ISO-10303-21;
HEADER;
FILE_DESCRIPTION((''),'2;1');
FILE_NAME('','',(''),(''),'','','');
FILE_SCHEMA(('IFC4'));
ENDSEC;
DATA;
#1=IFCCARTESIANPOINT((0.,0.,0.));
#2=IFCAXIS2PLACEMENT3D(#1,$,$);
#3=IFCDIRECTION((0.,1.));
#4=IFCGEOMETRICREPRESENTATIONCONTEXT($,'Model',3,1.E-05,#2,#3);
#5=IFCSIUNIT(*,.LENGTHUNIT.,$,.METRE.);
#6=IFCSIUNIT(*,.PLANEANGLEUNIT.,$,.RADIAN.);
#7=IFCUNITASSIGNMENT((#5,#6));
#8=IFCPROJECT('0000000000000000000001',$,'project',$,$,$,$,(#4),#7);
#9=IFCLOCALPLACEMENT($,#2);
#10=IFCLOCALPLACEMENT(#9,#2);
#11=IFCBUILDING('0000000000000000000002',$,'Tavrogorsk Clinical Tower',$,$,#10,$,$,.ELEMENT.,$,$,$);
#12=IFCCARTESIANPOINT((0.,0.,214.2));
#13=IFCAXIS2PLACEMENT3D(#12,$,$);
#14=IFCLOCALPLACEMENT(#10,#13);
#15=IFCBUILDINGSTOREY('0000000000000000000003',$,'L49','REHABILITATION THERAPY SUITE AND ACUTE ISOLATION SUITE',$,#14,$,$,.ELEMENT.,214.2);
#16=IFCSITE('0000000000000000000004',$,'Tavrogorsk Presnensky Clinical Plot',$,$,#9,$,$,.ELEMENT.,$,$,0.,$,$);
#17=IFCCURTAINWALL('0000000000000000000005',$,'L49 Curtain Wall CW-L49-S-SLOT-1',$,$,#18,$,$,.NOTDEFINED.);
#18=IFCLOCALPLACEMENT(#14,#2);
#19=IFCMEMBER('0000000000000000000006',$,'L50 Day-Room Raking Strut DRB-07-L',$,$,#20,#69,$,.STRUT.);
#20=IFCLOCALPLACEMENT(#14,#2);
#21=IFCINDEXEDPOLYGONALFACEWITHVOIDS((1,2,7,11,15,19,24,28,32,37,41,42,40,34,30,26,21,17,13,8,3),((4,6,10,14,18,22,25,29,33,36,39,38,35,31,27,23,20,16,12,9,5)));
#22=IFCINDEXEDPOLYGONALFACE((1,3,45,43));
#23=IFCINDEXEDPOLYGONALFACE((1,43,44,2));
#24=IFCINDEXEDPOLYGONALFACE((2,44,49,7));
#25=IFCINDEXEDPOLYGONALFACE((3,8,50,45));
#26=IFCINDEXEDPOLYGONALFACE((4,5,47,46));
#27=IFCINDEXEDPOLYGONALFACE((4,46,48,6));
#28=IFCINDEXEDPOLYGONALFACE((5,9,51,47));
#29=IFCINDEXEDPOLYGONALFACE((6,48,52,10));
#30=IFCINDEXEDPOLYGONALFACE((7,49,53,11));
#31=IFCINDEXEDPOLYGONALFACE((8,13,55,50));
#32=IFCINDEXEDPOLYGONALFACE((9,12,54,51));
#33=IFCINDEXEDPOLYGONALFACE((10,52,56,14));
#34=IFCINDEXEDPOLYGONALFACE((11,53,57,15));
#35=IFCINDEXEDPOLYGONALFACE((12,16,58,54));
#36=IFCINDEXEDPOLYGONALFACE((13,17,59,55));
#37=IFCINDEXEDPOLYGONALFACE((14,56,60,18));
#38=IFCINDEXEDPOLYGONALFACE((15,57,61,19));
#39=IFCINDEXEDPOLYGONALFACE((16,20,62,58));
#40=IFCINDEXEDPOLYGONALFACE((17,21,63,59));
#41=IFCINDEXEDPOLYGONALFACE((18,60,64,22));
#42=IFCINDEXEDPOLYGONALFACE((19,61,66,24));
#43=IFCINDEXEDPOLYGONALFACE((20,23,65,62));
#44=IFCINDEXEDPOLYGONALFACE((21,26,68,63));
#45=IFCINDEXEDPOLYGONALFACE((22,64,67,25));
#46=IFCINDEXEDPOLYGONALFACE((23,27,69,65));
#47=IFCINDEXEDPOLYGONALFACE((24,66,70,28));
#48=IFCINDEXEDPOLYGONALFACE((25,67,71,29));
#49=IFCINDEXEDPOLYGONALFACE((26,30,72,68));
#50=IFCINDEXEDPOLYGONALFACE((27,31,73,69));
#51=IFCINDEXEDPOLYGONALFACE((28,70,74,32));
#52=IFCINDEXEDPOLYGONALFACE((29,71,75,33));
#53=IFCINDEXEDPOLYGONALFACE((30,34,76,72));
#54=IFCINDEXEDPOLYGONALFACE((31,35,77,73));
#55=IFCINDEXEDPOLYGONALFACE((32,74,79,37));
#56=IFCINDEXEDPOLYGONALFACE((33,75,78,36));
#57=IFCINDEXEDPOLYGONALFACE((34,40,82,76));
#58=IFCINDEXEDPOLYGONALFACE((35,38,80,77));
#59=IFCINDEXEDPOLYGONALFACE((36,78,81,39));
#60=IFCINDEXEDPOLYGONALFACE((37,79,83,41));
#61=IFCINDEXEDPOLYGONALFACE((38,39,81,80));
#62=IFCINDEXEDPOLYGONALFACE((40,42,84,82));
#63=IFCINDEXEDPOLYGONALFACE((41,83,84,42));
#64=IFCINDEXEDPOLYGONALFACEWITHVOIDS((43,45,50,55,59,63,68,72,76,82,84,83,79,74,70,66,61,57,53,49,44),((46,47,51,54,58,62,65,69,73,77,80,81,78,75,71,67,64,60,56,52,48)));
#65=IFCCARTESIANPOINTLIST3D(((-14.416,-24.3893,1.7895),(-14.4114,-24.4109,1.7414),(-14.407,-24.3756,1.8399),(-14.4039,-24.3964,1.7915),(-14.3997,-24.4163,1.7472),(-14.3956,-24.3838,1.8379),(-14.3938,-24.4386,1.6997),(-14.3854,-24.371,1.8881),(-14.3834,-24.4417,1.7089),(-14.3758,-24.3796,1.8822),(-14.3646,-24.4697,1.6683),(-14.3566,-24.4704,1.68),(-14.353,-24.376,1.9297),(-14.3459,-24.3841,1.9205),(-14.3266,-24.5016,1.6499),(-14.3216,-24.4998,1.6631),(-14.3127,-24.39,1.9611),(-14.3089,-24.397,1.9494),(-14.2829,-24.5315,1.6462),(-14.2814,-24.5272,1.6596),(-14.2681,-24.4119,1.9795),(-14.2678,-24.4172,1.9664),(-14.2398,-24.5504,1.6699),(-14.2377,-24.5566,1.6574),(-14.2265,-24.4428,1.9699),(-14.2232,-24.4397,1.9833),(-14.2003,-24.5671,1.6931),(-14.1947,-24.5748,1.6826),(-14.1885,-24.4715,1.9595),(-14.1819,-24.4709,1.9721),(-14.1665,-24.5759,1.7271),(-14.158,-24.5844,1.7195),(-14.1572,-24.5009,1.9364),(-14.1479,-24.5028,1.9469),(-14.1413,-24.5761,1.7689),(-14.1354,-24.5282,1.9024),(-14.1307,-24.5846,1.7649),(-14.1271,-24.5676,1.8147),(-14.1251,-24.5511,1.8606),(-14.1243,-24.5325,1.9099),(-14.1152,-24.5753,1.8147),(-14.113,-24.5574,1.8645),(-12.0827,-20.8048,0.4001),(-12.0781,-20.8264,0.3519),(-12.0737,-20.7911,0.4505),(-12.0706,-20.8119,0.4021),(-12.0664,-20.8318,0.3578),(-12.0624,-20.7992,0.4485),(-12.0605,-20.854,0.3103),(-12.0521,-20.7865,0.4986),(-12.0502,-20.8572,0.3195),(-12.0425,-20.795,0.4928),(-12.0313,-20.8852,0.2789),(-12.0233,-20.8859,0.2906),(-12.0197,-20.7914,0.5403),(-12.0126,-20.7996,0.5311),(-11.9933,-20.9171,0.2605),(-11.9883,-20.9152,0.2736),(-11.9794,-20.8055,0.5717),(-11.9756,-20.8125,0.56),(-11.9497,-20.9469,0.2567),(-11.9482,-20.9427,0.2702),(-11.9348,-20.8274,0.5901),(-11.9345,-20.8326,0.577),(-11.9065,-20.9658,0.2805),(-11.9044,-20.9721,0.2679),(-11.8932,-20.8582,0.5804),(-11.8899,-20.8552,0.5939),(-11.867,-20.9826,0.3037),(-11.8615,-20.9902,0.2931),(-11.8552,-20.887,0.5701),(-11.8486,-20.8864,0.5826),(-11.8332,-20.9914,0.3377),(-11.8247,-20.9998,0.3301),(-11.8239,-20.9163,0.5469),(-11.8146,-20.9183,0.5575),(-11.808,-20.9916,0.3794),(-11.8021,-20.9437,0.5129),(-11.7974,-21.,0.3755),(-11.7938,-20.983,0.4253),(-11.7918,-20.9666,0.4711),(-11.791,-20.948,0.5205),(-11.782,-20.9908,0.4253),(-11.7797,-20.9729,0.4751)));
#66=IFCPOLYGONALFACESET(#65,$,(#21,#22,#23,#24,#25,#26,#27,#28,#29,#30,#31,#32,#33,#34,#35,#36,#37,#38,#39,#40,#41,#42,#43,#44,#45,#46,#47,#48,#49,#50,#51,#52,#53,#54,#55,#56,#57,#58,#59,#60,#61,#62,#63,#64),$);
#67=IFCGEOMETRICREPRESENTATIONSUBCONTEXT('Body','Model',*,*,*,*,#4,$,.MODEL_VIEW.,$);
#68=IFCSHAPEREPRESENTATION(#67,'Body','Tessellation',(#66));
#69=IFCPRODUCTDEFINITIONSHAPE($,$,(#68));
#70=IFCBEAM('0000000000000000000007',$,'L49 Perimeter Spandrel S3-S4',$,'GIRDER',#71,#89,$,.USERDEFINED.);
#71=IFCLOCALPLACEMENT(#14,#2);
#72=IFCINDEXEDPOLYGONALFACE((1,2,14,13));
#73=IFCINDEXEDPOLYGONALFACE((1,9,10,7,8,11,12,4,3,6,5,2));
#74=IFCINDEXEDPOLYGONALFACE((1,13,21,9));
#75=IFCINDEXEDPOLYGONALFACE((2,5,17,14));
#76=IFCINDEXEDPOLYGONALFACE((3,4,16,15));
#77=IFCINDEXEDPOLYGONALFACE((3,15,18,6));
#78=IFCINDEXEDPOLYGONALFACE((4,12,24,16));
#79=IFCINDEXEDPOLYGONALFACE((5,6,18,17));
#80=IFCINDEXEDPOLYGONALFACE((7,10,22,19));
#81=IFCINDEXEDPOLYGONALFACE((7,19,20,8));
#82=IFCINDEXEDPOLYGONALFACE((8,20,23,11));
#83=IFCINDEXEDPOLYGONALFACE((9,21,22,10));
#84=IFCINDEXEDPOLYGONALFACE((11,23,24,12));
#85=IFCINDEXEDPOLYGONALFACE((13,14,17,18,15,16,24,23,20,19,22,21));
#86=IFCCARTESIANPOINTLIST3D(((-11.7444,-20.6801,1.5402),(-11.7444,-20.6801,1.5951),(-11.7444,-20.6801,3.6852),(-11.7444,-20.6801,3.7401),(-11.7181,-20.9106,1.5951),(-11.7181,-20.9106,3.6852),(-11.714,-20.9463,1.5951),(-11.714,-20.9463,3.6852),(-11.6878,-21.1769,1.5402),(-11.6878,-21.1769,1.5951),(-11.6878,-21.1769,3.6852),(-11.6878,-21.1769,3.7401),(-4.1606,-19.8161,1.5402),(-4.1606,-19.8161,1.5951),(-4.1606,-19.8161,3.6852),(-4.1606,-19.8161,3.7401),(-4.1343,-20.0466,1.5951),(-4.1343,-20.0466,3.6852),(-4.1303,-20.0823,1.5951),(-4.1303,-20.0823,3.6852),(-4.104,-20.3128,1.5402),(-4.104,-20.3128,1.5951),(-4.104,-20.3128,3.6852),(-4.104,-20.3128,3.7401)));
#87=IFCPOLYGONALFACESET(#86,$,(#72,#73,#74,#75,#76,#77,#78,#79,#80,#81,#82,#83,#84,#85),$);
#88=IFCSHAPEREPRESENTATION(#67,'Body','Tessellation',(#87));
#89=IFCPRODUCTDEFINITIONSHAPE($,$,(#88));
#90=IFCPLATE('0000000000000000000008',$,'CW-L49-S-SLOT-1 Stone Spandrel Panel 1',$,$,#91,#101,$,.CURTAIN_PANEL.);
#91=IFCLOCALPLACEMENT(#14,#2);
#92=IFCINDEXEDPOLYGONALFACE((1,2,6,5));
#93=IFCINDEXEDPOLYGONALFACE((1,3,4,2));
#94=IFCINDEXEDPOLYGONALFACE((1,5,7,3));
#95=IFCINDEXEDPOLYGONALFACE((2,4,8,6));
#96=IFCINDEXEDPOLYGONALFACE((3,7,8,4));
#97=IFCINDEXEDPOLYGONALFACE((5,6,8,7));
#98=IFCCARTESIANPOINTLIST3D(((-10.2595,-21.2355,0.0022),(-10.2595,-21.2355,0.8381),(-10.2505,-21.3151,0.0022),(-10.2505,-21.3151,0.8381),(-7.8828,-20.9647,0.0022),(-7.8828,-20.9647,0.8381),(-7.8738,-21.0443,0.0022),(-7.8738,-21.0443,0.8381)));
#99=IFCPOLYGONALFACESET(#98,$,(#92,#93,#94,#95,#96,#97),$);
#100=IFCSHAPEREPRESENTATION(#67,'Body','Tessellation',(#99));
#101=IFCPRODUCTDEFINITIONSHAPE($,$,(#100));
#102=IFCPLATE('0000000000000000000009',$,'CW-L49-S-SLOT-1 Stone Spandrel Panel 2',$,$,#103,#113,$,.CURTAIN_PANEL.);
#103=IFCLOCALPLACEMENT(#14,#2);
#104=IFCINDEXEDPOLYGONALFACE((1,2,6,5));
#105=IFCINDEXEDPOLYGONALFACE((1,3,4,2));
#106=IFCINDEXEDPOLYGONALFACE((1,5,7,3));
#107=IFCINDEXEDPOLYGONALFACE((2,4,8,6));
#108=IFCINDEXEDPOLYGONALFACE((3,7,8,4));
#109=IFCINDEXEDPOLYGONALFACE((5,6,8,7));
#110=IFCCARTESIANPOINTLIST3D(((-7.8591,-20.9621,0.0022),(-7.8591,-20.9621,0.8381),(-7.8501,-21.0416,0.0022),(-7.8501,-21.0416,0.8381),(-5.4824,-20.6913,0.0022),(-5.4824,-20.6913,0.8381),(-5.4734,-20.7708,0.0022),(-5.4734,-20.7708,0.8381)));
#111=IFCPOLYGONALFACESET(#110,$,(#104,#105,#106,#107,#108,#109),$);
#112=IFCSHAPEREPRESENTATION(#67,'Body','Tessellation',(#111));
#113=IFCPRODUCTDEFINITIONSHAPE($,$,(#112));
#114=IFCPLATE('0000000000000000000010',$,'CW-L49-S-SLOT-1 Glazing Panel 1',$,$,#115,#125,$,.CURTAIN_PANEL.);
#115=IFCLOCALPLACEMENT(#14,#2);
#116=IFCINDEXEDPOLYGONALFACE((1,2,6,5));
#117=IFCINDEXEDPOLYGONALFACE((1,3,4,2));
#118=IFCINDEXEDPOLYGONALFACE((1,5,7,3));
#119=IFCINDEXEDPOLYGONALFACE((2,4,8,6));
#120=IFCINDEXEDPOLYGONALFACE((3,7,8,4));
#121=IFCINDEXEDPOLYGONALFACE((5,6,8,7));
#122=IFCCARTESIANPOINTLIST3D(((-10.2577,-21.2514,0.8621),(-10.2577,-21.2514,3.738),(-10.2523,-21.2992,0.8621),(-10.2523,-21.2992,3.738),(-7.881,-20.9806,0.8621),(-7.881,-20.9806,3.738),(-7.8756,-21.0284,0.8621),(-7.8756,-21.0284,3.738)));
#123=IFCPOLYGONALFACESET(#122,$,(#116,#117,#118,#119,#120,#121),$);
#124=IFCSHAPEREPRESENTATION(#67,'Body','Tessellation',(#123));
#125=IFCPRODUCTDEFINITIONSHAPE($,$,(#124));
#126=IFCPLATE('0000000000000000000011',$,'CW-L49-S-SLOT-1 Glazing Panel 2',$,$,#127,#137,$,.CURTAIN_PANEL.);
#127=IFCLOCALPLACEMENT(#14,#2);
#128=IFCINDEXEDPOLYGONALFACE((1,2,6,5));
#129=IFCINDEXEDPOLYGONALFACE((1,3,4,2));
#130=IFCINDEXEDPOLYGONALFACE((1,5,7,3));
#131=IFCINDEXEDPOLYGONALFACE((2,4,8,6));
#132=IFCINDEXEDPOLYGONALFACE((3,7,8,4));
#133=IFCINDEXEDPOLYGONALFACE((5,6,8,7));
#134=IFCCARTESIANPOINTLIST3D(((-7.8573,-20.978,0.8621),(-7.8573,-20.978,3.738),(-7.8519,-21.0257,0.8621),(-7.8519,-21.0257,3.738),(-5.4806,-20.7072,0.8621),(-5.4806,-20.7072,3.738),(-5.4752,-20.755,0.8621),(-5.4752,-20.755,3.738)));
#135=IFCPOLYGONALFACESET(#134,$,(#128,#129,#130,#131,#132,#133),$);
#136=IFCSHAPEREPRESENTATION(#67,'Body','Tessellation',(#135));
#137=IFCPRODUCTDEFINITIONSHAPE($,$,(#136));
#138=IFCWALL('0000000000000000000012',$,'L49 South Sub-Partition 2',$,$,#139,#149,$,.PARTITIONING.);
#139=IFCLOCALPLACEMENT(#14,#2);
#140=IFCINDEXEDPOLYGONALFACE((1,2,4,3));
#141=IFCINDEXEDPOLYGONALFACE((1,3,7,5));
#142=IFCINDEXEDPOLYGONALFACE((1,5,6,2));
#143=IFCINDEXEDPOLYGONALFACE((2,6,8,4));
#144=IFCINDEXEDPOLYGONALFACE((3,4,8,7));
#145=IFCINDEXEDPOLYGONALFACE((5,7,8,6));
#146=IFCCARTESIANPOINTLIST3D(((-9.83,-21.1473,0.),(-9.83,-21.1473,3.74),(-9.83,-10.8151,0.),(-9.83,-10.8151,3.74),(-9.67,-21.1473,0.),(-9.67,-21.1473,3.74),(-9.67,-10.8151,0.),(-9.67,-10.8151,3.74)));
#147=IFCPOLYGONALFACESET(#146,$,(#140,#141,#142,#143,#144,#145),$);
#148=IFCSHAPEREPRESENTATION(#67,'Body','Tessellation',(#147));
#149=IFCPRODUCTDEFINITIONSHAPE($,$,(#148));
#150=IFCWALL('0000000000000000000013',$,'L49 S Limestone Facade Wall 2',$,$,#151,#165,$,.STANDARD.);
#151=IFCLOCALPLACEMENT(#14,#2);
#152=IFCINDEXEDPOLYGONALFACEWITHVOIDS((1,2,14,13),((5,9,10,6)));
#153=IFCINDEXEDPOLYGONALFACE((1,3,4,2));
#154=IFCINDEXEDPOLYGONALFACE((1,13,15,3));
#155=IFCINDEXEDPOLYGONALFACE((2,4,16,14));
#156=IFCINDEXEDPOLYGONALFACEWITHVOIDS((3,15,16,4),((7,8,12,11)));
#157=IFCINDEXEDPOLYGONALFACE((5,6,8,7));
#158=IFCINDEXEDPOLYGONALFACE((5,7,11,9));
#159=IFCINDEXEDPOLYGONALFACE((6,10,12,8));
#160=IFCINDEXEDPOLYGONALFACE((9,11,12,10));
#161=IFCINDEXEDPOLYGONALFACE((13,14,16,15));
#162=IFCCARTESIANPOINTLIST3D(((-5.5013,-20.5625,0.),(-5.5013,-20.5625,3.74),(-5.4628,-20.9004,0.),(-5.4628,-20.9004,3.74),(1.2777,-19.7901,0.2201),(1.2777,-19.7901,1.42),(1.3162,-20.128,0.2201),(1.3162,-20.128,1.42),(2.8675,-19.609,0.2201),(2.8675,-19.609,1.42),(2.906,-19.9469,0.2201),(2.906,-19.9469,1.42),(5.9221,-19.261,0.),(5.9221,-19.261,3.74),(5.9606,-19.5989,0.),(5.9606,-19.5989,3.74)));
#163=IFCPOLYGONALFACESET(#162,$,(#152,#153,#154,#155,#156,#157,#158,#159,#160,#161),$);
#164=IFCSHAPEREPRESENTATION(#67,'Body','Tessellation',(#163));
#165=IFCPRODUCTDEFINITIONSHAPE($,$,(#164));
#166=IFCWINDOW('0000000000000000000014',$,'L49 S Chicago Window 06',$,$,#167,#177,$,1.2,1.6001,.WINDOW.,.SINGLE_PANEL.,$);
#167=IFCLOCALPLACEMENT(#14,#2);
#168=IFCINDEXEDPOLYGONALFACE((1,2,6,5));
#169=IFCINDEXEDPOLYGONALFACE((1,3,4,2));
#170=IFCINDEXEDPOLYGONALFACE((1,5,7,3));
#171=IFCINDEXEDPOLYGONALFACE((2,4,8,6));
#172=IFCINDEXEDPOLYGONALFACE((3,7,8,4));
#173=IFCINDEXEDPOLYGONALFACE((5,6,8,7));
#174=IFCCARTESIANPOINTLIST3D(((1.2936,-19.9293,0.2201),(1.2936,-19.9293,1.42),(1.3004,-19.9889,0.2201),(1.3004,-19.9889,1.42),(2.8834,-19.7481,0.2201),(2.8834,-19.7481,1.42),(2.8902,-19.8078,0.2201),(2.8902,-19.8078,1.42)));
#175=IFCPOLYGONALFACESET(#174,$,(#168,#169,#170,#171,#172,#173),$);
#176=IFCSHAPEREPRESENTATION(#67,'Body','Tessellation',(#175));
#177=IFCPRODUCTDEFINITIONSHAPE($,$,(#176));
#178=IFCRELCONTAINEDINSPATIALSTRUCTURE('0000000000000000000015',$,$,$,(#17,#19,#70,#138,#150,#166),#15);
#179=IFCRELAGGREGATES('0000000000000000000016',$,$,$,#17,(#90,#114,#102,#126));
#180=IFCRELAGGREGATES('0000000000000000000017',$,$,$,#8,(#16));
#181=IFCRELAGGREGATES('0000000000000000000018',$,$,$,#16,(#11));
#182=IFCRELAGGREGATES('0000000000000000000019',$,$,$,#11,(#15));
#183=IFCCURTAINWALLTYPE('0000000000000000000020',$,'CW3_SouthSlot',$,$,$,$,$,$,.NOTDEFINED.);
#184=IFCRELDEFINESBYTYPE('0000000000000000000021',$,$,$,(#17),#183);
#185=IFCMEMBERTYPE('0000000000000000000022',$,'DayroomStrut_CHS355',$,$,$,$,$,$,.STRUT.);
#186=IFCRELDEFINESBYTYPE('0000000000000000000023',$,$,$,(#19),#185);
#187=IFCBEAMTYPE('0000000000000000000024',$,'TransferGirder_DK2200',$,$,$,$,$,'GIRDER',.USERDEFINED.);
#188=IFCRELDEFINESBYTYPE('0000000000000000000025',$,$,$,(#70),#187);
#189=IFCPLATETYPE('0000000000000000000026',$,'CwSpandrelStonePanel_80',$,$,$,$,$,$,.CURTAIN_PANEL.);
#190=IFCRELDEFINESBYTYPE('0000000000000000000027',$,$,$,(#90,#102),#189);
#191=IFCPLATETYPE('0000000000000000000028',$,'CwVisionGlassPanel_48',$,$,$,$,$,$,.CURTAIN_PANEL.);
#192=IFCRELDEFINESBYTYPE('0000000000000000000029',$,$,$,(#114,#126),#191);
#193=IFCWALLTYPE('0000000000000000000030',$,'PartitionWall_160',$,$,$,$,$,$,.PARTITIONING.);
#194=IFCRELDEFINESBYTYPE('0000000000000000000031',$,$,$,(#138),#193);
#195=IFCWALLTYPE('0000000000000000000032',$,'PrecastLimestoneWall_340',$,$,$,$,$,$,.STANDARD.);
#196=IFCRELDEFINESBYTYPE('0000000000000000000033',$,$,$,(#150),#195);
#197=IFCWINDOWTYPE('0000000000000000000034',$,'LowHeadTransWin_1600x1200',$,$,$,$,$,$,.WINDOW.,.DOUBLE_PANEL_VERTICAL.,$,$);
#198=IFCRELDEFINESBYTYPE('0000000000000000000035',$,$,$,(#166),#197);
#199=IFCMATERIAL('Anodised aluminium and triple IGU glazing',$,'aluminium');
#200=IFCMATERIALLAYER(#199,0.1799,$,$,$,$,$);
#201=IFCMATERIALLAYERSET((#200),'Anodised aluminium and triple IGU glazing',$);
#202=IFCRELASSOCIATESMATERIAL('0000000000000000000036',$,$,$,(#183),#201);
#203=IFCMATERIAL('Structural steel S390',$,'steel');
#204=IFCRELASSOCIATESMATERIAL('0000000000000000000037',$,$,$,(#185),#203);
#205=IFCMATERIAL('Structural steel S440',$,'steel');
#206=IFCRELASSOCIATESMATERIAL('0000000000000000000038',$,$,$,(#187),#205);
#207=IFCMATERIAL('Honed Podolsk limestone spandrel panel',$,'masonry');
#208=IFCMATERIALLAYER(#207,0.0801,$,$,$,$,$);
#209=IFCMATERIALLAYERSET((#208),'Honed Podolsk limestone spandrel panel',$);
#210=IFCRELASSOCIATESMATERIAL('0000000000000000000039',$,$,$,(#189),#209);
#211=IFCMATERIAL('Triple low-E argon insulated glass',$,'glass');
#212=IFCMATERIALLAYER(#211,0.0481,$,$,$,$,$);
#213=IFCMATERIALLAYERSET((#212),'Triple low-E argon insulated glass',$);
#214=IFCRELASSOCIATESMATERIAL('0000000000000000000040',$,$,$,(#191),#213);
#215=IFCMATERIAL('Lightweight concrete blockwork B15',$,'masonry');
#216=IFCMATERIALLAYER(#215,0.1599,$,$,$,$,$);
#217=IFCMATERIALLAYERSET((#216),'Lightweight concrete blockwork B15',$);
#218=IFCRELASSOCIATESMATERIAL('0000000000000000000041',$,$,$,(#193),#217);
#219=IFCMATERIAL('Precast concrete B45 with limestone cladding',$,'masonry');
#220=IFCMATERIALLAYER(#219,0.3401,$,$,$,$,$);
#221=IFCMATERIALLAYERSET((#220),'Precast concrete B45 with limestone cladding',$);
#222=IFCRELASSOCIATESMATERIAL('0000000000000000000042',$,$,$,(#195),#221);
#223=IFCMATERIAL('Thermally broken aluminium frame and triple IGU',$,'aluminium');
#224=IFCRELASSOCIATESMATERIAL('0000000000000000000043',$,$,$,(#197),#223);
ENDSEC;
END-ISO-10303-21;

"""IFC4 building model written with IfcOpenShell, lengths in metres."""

from ifc_helpers import new_model, si_unit, direction, frame, frame_2d, origin, origin_2d, place, context, subcontext, project, spatial, rectangle, hollow_circle, i_section, extrude, material, layer, layer_set, material_profile, profile_set, type_object, element, fill, aggregate, save


model = new_model("IFC4")

# Units and contexts
model_context = context("Model", 3, precision=1e-05, world=origin(), true_north=direction((0.0, 1.0)))
body_context = subcontext(model_context, "Body", "Model", "MODEL_VIEW")
ifc_project = project(units=[si_unit("LENGTHUNIT", "METRE"), si_unit("PLANEANGLEUNIT", "RADIAN")], contexts=[model_context])

# Site, building, storey
site_placement = place(None, origin())
site = spatial("IfcSite", under=ifc_project, at=site_placement, Name="Tavrogorsk Presnensky Clinical Plot", CompositionType="ELEMENT", RefElevation=0.0)
building_placement = place(site_placement, origin())
building = spatial("IfcBuilding", under=site, at=building_placement, Name="Tavrogorsk Clinical Tower", CompositionType="ELEMENT")
storey_placement = place(building_placement, frame((0.0, 0.0, 214.2)))
storey = spatial("IfcBuildingStorey", under=building, at=storey_placement, Name="L49", Description="REHABILITATION THERAPY SUITE AND ACUTE ISOLATION SUITE", CompositionType="ELEMENT", Elevation=214.2)

# Curtain wall
ifc_material_1 = material(Name="Anodised aluminium and triple IGU glazing", Category="aluminium")
ifc_layer_1 = layer(ifc_material_1, 0.1799)
ifc_layer_set_1 = layer_set([ifc_layer_1], Name="Anodised aluminium and triple IGU glazing")
curtain_wall_type = type_object("IfcCurtainWallType", Name="CW3_SouthSlot", PredefinedType="NOTDEFINED", material=ifc_layer_set_1)
curtain_wall_placement = place(storey_placement, origin())
curtain_wall = element("IfcCurtainWall", 1, at=curtain_wall_placement, inside=storey, type_object=curtain_wall_type, Name="L49 Curtain Wall CW-L49-S-SLOT-1", PredefinedType="NOTDEFINED")

# Member
ifc_material_2 = material(Name="Structural steel S390", Category="steel")
ifc_material_profile_1 = material_profile(ifc_material_2, hollow_circle(Radius=0.1777, WallThickness=0.0142, at=origin_2d()), Name="CHS-355.6x14.2")
ifc_profile_set_1 = profile_set([ifc_material_profile_1], Name="Structural steel S390")
member_type_1 = type_object("IfcMemberType", Name="DayroomStrut_CHS355", PredefinedType="STRUT", material=ifc_profile_set_1)
member_1_placement = place(storey_placement, frame((-11.9309, -20.8938, 0.4253), z_axis=(-0.518847, -0.797082, 0.308963), x_axis=(0.838086, -0.545538, 0.0)))
element("IfcMember", 2, at=member_1_placement, inside=storey, type_object=member_type_1, Name="L50 Day-Room Raking Strut DRB-07-L", PredefinedType="STRUT", context=body_context, shape_type="SweptSolid", body=[
    extrude(hollow_circle(Radius=0.1777, WallThickness=0.0142, at=origin_2d()), origin(), (0.0, 0.0, 1.0), 4.4971),
])

# Beam
ifc_material_3 = material(Name="Structural steel S440", Category="steel")
ifc_material_profile_2 = material_profile(ifc_material_3, i_section(OverallWidth=0.5, OverallDepth=2.2, WebThickness=0.0359, FlangeThickness=0.0549, at=origin_2d()), Name="DK-2200x500x36x55")
ifc_profile_set_2 = profile_set([ifc_material_profile_2], Name="Structural steel S440")
beam_type = type_object("IfcBeamType", Name="TransferGirder_DK2200", ElementType="GIRDER", PredefinedType="USERDEFINED", material=ifc_profile_set_2)
beam_placement = place(storey_placement, frame((-11.7161, -20.9285, 2.6401), z_axis=(0.993573, 0.113197, 0.0), x_axis=(-0.113197, 0.993573, 0.0)))
element("IfcBeam", 3, at=beam_placement, inside=storey, type_object=beam_type, Name="L49 Perimeter Spandrel S3-S4", ObjectType="GIRDER", PredefinedType="USERDEFINED", context=body_context, shape_type="SweptSolid", body=[
    extrude(i_section(OverallWidth=0.5, OverallDepth=2.2, WebThickness=0.0359, FlangeThickness=0.0549, at=origin_2d()), origin(), (0.0, 0.0, 1.0), 7.6328),
])

# Plates
ifc_material_4 = material(Name="Honed Podolsk limestone spandrel panel", Category="masonry")
ifc_layer_2 = layer(ifc_material_4, 0.0801)
ifc_layer_set_2 = layer_set([ifc_layer_2], Name="Honed Podolsk limestone spandrel panel")
plate_type_1 = type_object("IfcPlateType", Name="CwSpandrelStonePanel_80", PredefinedType="CURTAIN_PANEL", material=ifc_layer_set_2)
plate_1_placement = place(storey_placement, frame((-9.0667, -21.1399, 0.0022), z_axis=(0.0, 0.0, 1.0), x_axis=(0.993572, 0.113203, 0.0)))
plate_1 = element("IfcPlate", 4, at=plate_1_placement, type_object=plate_type_1, Name="CW-L49-S-SLOT-1 Stone Spandrel Panel 1", PredefinedType="CURTAIN_PANEL", context=body_context, shape_type="SweptSolid", body=[
    extrude(rectangle(XDim=2.3921, YDim=0.0801, at=origin_2d()), origin(), (0.0, 0.0, 1.0), 0.8359),
])
plate_2_placement = place(storey_placement, frame((-6.6663, -20.8665, 0.0022), z_axis=(0.0, 0.0, 1.0), x_axis=(0.993572, 0.113203, 0.0)))
plate_2 = element("IfcPlate", 5, at=plate_2_placement, type_object=plate_type_1, Name="CW-L49-S-SLOT-1 Stone Spandrel Panel 2", PredefinedType="CURTAIN_PANEL", context=body_context, shape_type="SweptSolid", body=[
    extrude(rectangle(XDim=2.3921, YDim=0.0801, at=origin_2d()), origin(), (0.0, 0.0, 1.0), 0.8359),
])
ifc_material_5 = material(Name="Triple low-E argon insulated glass", Category="glass")
ifc_layer_3 = layer(ifc_material_5, 0.0481)
ifc_layer_set_3 = layer_set([ifc_layer_3], Name="Triple low-E argon insulated glass")
plate_type_2 = type_object("IfcPlateType", Name="CwVisionGlassPanel_48", PredefinedType="CURTAIN_PANEL", material=ifc_layer_set_3)
plate_3_placement = place(storey_placement, frame((-9.0667, -21.1399, 0.8621), z_axis=(0.0, 0.0, 1.0), x_axis=(0.993572, 0.113203, 0.0)))
plate_3 = element("IfcPlate", 6, at=plate_3_placement, type_object=plate_type_2, Name="CW-L49-S-SLOT-1 Glazing Panel 1", PredefinedType="CURTAIN_PANEL", context=body_context, shape_type="SweptSolid", body=[
    extrude(rectangle(XDim=2.3921, YDim=0.0481, at=origin_2d()), origin(), (0.0, 0.0, 1.0), 2.876),
])
plate_4_placement = place(storey_placement, frame((-6.6663, -20.8665, 0.8621), z_axis=(0.0, 0.0, 1.0), x_axis=(0.993572, 0.113203, 0.0)))
plate_4 = element("IfcPlate", 7, at=plate_4_placement, type_object=plate_type_2, Name="CW-L49-S-SLOT-1 Glazing Panel 2", PredefinedType="CURTAIN_PANEL", context=body_context, shape_type="SweptSolid", body=[
    extrude(rectangle(XDim=2.3921, YDim=0.0481, at=origin_2d()), origin(), (0.0, 0.0, 1.0), 2.876),
])
aggregate(curtain_wall, [plate_1, plate_3, plate_2, plate_4])

# Wall
ifc_material_6 = material(Name="Lightweight concrete blockwork B15", Category="masonry")
ifc_layer_4 = layer(ifc_material_6, 0.1599)
ifc_layer_set_4 = layer_set([ifc_layer_4], Name="Lightweight concrete blockwork B15")
wall_type_1 = type_object("IfcWallType", Name="PartitionWall_160", PredefinedType="PARTITIONING", material=ifc_layer_set_4)
wall_1_placement = place(storey_placement, frame((-9.75, -21.1472, 0.0), z_axis=(0.0, 0.0, 1.0), x_axis=(0.0, 1.0, 0.0)))
element("IfcWall", 8, at=wall_1_placement, inside=storey, type_object=wall_type_1, Name="L49 South Sub-Partition 2", PredefinedType="PARTITIONING", context=body_context, shape_type="SweptSolid", body=[
    extrude(rectangle(XDim=10.3323, YDim=0.1599, at=frame_2d((5.166, 0.0))), origin(), (0.0, 0.0, 1.0), 3.74),
])

# Wall, opening, window
ifc_material_7 = material(Name="Precast concrete B45 with limestone cladding", Category="masonry")
ifc_layer_5 = layer(ifc_material_7, 0.3401)
ifc_layer_set_5 = layer_set([ifc_layer_5], Name="Precast concrete B45 with limestone cladding")
wall_type_2 = type_object("IfcWallType", Name="PrecastLimestoneWall_340", PredefinedType="STANDARD", material=ifc_layer_set_5)
wall_2_placement = place(storey_placement, frame((-5.4819, -20.7314, 0.0), z_axis=(0.0, 0.0, 1.0), x_axis=(0.993572, 0.113202, 0.0)))
wall_2 = element("IfcWall", 9, at=wall_2_placement, inside=storey, type_object=wall_type_2, Name="L49 S Limestone Facade Wall 2", PredefinedType="STANDARD", context=body_context, shape_type="SweptSolid", body=[
    extrude(rectangle(XDim=11.4973, YDim=0.3401, at=frame_2d((5.7485, 0.0))), origin(), (0.0, 0.0, 1.0), 3.74),
])
opening_placement = place(wall_2_placement, frame((6.8228, 0.0, 0.22)))
opening = element("IfcOpeningElement", 10, at=opening_placement, cuts=wall_2, PredefinedType="OPENING", context=body_context, shape_type="SweptSolid", body=[
    extrude(rectangle(XDim=1.6001, YDim=1.2, at=frame_2d((0.8, 0.6001))), frame((0.0, 0.1799, 0.0), z_axis=(0.0, -1.0, 0.0), x_axis=(1.0, 0.0, 0.0)), (0.0, 0.0, 1.0), 0.3601),
])
ifc_material_8 = material(Name="Thermally broken aluminium frame and triple IGU", Category="aluminium")
window_type = type_object("IfcWindowType", Name="LowHeadTransWin_1600x1200", PartitioningType="DOUBLE_PANEL_VERTICAL", PredefinedType="WINDOW", material=ifc_material_8)
window_placement = place(opening_placement, origin())
window = element("IfcWindow", 11, at=window_placement, inside=storey, type_object=window_type, Name="L49 S Chicago Window 06", OverallHeight=1.2, OverallWidth=1.6001, PartitioningType="SINGLE_PANEL", PredefinedType="WINDOW", context=body_context, shape_type="SweptSolid", body=[
    extrude(rectangle(XDim=1.6001, YDim=1.2, at=frame_2d((0.8, 0.6001))), frame((0.0, 0.03, 0.0), z_axis=(0.0, -1.0, 0.0), x_axis=(1.0, 0.0, 0.0)), (0.0, 0.0, 1.0), 0.0601),
])
fill(opening, window)

save(model, "model.ifc")
